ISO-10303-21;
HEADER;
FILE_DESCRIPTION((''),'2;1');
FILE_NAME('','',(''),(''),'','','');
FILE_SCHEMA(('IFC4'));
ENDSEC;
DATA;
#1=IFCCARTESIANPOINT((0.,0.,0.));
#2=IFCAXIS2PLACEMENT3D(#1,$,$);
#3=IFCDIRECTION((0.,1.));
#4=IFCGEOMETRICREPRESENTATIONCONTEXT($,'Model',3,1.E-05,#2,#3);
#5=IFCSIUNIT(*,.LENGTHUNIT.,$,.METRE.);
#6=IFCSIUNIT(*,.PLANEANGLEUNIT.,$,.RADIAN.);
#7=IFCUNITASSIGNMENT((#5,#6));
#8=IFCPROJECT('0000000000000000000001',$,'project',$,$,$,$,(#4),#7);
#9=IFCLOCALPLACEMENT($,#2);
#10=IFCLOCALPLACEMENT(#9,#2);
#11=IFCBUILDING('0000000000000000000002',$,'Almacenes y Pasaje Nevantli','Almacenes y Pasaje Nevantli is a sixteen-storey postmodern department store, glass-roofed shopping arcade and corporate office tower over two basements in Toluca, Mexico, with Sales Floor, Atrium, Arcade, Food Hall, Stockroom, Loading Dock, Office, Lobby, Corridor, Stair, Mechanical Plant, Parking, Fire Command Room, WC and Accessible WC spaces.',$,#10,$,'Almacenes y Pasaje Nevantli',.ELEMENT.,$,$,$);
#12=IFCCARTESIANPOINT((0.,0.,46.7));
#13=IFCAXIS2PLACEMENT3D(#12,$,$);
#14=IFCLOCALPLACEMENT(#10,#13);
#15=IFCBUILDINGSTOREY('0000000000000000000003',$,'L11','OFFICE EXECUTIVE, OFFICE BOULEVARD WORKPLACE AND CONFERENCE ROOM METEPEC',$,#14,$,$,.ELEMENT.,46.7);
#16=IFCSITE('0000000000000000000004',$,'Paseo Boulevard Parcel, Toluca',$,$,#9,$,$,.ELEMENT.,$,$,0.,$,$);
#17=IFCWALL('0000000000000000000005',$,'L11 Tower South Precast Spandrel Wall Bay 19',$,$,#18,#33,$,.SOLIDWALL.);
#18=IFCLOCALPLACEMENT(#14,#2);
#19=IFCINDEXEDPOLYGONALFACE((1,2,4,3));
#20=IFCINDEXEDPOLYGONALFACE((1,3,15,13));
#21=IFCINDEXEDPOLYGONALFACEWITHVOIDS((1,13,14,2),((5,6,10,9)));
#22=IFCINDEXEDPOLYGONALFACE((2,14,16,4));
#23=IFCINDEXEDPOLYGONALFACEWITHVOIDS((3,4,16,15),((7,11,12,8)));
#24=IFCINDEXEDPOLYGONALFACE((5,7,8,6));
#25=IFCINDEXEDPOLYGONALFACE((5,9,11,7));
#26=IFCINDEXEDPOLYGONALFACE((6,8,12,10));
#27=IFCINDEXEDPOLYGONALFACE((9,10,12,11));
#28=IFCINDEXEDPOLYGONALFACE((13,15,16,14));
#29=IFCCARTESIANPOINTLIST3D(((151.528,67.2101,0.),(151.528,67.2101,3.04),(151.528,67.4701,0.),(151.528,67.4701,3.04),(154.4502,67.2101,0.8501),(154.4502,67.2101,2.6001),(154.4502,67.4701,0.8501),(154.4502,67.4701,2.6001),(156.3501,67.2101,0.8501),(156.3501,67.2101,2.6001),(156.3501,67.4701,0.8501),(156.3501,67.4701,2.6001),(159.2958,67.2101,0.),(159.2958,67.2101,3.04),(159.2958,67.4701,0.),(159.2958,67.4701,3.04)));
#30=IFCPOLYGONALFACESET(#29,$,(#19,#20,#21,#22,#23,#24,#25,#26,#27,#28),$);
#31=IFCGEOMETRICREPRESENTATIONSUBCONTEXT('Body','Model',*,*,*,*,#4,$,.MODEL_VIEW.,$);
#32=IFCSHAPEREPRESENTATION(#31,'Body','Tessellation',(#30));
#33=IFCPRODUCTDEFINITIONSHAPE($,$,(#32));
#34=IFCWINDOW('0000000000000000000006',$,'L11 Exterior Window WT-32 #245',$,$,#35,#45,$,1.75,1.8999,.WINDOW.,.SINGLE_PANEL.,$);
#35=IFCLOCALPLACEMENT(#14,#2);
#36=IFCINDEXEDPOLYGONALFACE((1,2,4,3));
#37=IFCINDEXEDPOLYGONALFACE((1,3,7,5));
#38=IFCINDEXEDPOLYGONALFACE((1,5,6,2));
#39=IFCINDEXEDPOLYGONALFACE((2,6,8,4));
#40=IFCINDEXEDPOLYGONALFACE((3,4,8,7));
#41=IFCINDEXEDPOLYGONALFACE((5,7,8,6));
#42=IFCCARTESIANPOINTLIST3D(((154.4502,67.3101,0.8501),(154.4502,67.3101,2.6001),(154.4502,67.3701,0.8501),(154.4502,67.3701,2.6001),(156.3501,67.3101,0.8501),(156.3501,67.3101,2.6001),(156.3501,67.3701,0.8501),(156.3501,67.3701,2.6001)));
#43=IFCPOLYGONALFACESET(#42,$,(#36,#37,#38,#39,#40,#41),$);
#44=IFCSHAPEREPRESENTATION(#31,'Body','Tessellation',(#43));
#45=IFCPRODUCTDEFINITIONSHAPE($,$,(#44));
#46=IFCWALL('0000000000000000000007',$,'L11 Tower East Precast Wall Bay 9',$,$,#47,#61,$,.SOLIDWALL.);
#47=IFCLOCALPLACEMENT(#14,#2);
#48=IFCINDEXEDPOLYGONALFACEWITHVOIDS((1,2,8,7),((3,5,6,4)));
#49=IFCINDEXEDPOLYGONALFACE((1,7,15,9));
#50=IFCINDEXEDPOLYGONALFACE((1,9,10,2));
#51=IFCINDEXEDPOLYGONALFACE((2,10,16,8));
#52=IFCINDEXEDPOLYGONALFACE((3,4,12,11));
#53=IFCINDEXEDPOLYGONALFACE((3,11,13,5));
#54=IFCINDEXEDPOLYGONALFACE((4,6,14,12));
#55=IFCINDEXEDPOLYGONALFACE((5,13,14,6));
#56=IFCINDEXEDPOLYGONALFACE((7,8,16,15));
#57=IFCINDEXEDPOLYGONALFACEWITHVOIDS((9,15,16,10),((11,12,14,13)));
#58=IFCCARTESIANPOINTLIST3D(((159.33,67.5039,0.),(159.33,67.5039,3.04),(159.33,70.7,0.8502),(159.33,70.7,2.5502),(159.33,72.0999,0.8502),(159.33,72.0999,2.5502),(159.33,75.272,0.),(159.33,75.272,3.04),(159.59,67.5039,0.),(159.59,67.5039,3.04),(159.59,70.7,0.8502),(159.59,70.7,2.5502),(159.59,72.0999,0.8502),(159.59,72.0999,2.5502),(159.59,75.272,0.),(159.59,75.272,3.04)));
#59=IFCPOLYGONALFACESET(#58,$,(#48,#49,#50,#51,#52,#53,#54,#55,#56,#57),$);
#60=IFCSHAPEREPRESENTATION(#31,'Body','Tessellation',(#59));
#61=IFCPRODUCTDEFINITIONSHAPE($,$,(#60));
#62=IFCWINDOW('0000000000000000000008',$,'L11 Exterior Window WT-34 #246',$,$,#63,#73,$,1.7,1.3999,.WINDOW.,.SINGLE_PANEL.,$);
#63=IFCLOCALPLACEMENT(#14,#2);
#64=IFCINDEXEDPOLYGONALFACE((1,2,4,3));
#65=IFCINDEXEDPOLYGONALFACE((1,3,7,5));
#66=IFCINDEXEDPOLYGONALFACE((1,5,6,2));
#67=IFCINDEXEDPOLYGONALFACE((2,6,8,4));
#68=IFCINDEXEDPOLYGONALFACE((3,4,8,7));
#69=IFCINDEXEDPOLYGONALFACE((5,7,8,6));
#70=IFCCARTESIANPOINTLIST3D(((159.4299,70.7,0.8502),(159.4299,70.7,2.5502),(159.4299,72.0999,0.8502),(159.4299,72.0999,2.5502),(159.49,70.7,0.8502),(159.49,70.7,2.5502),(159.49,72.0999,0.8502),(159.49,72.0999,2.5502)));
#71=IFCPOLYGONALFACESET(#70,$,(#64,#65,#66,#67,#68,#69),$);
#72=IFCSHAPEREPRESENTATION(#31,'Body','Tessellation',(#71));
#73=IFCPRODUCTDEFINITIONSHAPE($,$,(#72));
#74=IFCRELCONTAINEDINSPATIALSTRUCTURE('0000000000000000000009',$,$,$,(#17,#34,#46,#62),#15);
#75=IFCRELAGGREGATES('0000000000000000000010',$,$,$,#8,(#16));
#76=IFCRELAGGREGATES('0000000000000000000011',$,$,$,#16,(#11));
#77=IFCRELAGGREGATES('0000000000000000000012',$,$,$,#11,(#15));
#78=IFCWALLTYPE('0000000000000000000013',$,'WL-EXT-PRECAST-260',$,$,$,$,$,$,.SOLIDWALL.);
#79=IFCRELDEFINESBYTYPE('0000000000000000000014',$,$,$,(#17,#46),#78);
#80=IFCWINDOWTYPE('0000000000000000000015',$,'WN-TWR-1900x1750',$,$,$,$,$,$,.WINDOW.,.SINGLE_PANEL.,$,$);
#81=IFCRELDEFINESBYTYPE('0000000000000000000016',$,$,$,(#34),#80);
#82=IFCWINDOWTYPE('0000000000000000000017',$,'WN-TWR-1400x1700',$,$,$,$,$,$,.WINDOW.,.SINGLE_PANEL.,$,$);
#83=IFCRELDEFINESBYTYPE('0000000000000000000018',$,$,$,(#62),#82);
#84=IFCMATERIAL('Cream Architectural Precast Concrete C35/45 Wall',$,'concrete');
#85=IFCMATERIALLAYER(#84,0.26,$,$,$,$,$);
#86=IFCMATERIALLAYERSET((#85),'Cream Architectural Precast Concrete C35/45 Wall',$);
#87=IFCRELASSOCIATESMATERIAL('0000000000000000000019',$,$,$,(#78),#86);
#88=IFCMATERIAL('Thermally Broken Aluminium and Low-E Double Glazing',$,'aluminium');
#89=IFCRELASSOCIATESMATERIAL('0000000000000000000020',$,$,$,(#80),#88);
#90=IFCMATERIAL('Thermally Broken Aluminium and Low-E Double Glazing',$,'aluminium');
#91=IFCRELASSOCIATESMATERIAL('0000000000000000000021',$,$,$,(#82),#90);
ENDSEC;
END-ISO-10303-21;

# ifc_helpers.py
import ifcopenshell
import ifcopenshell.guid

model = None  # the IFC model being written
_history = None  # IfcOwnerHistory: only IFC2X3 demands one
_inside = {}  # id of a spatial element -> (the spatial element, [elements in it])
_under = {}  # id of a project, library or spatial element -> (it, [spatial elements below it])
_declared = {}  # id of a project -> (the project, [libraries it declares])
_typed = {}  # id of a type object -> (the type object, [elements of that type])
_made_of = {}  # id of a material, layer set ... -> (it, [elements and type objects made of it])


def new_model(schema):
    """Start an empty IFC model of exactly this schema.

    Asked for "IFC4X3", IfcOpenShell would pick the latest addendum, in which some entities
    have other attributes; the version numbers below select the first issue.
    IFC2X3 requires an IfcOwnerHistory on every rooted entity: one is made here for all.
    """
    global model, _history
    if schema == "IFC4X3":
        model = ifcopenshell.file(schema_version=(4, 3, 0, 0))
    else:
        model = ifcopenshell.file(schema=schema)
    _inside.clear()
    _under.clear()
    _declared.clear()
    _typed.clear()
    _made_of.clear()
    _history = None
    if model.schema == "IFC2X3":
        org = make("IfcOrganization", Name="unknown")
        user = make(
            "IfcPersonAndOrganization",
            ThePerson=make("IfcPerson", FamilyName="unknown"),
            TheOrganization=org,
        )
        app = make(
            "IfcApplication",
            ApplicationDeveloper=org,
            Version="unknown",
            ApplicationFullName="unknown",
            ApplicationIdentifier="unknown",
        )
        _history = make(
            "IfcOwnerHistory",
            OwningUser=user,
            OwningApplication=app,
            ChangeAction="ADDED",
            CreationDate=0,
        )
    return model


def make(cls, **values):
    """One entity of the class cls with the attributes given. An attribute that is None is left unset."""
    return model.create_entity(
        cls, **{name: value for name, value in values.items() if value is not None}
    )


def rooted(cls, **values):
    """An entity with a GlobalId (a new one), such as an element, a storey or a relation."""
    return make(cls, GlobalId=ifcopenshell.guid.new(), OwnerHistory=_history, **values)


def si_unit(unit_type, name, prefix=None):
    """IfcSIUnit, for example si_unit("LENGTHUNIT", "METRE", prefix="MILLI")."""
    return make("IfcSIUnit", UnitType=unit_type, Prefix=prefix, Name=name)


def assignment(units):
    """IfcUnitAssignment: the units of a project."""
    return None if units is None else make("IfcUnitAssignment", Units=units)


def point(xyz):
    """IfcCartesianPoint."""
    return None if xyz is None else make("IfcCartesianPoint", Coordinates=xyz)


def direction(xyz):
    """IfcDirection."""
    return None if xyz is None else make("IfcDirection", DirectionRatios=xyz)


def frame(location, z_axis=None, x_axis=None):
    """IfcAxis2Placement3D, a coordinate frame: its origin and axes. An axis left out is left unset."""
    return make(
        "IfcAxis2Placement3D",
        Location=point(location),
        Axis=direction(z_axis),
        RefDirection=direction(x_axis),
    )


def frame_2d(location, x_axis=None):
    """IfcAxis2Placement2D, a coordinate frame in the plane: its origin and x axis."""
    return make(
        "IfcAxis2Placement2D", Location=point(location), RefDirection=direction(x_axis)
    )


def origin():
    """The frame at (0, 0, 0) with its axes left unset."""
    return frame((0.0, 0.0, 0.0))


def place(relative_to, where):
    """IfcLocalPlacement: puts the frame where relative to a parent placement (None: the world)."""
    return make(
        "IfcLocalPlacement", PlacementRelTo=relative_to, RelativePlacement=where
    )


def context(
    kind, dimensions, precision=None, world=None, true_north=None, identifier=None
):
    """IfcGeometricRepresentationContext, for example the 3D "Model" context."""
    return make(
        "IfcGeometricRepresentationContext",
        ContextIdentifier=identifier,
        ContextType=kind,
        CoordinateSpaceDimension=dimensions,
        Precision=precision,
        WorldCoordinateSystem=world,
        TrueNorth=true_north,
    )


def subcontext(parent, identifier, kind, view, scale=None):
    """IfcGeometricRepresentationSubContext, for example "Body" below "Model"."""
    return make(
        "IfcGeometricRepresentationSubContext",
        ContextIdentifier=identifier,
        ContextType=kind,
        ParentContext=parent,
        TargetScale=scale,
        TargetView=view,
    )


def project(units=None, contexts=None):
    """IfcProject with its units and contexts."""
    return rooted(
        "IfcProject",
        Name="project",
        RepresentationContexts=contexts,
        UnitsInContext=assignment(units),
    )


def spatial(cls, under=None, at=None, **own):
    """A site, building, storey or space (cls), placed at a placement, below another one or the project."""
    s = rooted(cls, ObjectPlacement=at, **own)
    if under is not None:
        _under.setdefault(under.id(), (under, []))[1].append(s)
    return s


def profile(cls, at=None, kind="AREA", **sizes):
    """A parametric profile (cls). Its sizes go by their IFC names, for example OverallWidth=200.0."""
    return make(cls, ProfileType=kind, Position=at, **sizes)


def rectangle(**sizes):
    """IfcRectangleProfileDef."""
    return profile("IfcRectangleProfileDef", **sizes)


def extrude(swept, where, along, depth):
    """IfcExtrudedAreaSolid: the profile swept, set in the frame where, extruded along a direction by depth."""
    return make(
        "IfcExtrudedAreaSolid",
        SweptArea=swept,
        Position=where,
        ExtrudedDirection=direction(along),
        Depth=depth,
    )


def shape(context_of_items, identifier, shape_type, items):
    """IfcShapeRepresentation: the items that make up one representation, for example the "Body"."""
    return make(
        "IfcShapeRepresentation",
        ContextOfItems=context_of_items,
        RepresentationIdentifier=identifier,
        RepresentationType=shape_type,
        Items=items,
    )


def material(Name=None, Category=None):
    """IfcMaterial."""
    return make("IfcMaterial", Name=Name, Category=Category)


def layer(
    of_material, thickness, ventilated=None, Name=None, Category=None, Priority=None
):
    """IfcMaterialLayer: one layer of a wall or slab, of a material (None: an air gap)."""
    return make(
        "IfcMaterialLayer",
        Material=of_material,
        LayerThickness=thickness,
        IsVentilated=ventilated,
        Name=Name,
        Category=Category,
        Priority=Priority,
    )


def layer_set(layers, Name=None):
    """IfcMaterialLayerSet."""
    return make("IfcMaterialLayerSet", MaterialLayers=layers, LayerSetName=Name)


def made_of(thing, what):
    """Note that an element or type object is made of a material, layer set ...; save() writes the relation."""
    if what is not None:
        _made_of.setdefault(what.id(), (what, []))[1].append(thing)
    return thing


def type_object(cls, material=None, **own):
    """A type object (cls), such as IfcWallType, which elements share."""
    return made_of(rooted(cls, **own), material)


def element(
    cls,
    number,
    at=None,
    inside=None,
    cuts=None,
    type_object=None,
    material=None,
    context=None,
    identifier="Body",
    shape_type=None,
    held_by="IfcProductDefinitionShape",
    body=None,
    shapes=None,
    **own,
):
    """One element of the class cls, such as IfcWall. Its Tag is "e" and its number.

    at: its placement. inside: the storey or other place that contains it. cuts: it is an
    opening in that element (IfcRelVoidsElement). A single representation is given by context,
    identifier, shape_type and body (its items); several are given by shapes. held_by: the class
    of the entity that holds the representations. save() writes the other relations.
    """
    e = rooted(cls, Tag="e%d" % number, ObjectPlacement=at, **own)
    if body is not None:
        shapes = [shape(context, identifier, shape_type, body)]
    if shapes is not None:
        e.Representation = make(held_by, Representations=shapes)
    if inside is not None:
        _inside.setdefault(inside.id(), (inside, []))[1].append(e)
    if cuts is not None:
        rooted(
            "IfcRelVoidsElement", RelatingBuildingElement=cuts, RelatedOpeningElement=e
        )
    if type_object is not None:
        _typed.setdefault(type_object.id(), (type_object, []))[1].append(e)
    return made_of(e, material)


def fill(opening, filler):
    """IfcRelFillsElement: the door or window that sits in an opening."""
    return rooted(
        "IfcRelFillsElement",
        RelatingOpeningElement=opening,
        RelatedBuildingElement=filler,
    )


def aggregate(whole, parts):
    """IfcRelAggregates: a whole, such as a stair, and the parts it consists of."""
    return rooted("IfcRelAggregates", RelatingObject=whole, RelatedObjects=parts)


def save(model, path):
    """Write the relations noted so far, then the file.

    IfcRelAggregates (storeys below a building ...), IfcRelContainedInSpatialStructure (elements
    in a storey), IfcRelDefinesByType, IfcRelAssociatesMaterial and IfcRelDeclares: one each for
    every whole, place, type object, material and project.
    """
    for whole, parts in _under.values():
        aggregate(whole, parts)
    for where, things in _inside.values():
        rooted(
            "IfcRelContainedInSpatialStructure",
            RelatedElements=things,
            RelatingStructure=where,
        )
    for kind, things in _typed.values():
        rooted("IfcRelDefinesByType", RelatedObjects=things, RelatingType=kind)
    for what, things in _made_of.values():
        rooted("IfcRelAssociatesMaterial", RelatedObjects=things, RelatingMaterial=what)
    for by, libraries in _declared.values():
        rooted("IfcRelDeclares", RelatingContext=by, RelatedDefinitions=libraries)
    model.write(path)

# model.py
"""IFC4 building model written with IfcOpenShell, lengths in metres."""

from ifc_helpers import new_model, si_unit, direction, frame, frame_2d, origin, place, context, subcontext, project, spatial, rectangle, extrude, material, layer, layer_set, type_object, element, fill, save


model = new_model("IFC4")

# Units and contexts
model_context = context("Model", 3, precision=1e-05, world=origin(), true_north=direction((0.0, 1.0)))
body_context = subcontext(model_context, "Body", "Model", "MODEL_VIEW")
ifc_project = project(units=[si_unit("LENGTHUNIT", "METRE"), si_unit("PLANEANGLEUNIT", "RADIAN")], contexts=[model_context])

# Site, building, storey
site_placement = place(None, origin())
site = spatial("IfcSite", under=ifc_project, at=site_placement, Name="Paseo Boulevard Parcel, Toluca", CompositionType="ELEMENT", RefElevation=0.0)
building_placement = place(site_placement, origin())
building = spatial("IfcBuilding", under=site, at=building_placement, Name="Almacenes y Pasaje Nevantli", Description="Almacenes y Pasaje Nevantli is a sixteen-storey postmodern department store, glass-roofed shopping arcade and corporate office tower over two basements in Toluca, Mexico, with Sales Floor, Atrium, Arcade, Food Hall, Stockroom, Loading Dock, Office, Lobby, Corridor, Stair, Mechanical Plant, Parking, Fire Command Room, WC and Accessible WC spaces.", LongName="Almacenes y Pasaje Nevantli", CompositionType="ELEMENT")
storey_placement = place(building_placement, frame((0.0, 0.0, 46.7)))
storey = spatial("IfcBuildingStorey", under=building, at=storey_placement, Name="L11", Description="OFFICE EXECUTIVE, OFFICE BOULEVARD WORKPLACE AND CONFERENCE ROOM METEPEC", CompositionType="ELEMENT", Elevation=46.7)

# Walls, openings, windows
ifc_material_1 = material(Name="Cream Architectural Precast Concrete C35/45 Wall", Category="concrete")
ifc_layer_1 = layer(ifc_material_1, 0.26)
ifc_layer_set_1 = layer_set([ifc_layer_1], Name="Cream Architectural Precast Concrete C35/45 Wall")
wall_type = type_object("IfcWallType", Name="WL-EXT-PRECAST-260", PredefinedType="SOLIDWALL", material=ifc_layer_set_1)
wall_1_placement = place(storey_placement, frame((151.5281, 67.3401, 0.0), z_axis=(0.0, 0.0, 1.0), x_axis=(1.0, 0.0, 0.0)))
wall_1 = element("IfcWall", 1, at=wall_1_placement, inside=storey, type_object=wall_type, Name="L11 Tower South Precast Spandrel Wall Bay 19", PredefinedType="SOLIDWALL", context=body_context, shape_type="SweptSolid", body=[
    extrude(rectangle(XDim=7.7678, YDim=0.26, at=frame_2d((3.8838, 0.0))), origin(), (0.0, 0.0, 1.0), 3.04),
])
opening_1_placement = place(wall_1_placement, frame((2.9221, 0.0, 0.8501)))
opening_1 = element("IfcOpeningElement", 2, at=opening_1_placement, cuts=wall_1, PredefinedType="OPENING", context=body_context, shape_type="SweptSolid", body=[
    extrude(rectangle(XDim=1.8999, YDim=1.75, at=frame_2d((0.95, 0.875))), frame((0.0, 0.1399, 0.0), z_axis=(0.0, -1.0, 0.0), x_axis=(1.0, 0.0, 0.0)), (0.0, 0.0, 1.0), 0.28),
])
ifc_material_2 = material(Name="Thermally Broken Aluminium and Low-E Double Glazing", Category="aluminium")
window_type_1 = type_object("IfcWindowType", Name="WN-TWR-1900x1750", PartitioningType="SINGLE_PANEL", PredefinedType="WINDOW", material=ifc_material_2)
window_1_placement = place(opening_1_placement, origin())
window_1 = element("IfcWindow", 3, at=window_1_placement, inside=storey, type_object=window_type_1, Name="L11 Exterior Window WT-32 #245", OverallHeight=1.75, OverallWidth=1.8999, PartitioningType="SINGLE_PANEL", PredefinedType="WINDOW", context=body_context, shape_type="SweptSolid", body=[
    extrude(rectangle(XDim=1.8999, YDim=1.75, at=frame_2d((0.95, 0.875))), frame((0.0, 0.03, 0.0), z_axis=(0.0, -1.0, 0.0), x_axis=(1.0, 0.0, 0.0)), (0.0, 0.0, 1.0), 0.0601),
])
fill(opening_1, window_1)
wall_2_placement = place(storey_placement, frame((159.46, 67.5039, 0.0), z_axis=(0.0, 0.0, 1.0), x_axis=(0.0, 1.0, 0.0)))
wall_2 = element("IfcWall", 4, at=wall_2_placement, inside=storey, type_object=wall_type, Name="L11 Tower East Precast Wall Bay 9", PredefinedType="SOLIDWALL", context=body_context, shape_type="SweptSolid", body=[
    extrude(rectangle(XDim=7.7681, YDim=0.26, at=frame_2d((3.884, 0.0))), origin(), (0.0, 0.0, 1.0), 3.04),
])
opening_2_placement = place(wall_2_placement, frame((3.196, 0.0, 0.8501)))
opening_2 = element("IfcOpeningElement", 5, at=opening_2_placement, cuts=wall_2, PredefinedType="OPENING", context=body_context, shape_type="SweptSolid", body=[
    extrude(rectangle(XDim=1.3999, YDim=1.7, at=frame_2d((0.7, 0.8501))), frame((0.0, 0.1399, 0.0), z_axis=(0.0, -1.0, 0.0), x_axis=(1.0, 0.0, 0.0)), (0.0, 0.0, 1.0), 0.28),
])
ifc_material_3 = material(Name="Thermally Broken Aluminium and Low-E Double Glazing", Category="aluminium")
window_type_2 = type_object("IfcWindowType", Name="WN-TWR-1400x1700", PartitioningType="SINGLE_PANEL", PredefinedType="WINDOW", material=ifc_material_3)
window_2_placement = place(opening_2_placement, origin())
window_2 = element("IfcWindow", 6, at=window_2_placement, inside=storey, type_object=window_type_2, Name="L11 Exterior Window WT-34 #246", OverallHeight=1.7, OverallWidth=1.3999, PartitioningType="SINGLE_PANEL", PredefinedType="WINDOW", context=body_context, shape_type="SweptSolid", body=[
    extrude(rectangle(XDim=1.3999, YDim=1.7, at=frame_2d((0.7, 0.8501))), frame((0.0, 0.03, 0.0), z_axis=(0.0, -1.0, 0.0), x_axis=(1.0, 0.0, 0.0)), (0.0, 0.0, 1.0), 0.0601),
])
fill(opening_2, window_2)

save(model, "model.ifc")
